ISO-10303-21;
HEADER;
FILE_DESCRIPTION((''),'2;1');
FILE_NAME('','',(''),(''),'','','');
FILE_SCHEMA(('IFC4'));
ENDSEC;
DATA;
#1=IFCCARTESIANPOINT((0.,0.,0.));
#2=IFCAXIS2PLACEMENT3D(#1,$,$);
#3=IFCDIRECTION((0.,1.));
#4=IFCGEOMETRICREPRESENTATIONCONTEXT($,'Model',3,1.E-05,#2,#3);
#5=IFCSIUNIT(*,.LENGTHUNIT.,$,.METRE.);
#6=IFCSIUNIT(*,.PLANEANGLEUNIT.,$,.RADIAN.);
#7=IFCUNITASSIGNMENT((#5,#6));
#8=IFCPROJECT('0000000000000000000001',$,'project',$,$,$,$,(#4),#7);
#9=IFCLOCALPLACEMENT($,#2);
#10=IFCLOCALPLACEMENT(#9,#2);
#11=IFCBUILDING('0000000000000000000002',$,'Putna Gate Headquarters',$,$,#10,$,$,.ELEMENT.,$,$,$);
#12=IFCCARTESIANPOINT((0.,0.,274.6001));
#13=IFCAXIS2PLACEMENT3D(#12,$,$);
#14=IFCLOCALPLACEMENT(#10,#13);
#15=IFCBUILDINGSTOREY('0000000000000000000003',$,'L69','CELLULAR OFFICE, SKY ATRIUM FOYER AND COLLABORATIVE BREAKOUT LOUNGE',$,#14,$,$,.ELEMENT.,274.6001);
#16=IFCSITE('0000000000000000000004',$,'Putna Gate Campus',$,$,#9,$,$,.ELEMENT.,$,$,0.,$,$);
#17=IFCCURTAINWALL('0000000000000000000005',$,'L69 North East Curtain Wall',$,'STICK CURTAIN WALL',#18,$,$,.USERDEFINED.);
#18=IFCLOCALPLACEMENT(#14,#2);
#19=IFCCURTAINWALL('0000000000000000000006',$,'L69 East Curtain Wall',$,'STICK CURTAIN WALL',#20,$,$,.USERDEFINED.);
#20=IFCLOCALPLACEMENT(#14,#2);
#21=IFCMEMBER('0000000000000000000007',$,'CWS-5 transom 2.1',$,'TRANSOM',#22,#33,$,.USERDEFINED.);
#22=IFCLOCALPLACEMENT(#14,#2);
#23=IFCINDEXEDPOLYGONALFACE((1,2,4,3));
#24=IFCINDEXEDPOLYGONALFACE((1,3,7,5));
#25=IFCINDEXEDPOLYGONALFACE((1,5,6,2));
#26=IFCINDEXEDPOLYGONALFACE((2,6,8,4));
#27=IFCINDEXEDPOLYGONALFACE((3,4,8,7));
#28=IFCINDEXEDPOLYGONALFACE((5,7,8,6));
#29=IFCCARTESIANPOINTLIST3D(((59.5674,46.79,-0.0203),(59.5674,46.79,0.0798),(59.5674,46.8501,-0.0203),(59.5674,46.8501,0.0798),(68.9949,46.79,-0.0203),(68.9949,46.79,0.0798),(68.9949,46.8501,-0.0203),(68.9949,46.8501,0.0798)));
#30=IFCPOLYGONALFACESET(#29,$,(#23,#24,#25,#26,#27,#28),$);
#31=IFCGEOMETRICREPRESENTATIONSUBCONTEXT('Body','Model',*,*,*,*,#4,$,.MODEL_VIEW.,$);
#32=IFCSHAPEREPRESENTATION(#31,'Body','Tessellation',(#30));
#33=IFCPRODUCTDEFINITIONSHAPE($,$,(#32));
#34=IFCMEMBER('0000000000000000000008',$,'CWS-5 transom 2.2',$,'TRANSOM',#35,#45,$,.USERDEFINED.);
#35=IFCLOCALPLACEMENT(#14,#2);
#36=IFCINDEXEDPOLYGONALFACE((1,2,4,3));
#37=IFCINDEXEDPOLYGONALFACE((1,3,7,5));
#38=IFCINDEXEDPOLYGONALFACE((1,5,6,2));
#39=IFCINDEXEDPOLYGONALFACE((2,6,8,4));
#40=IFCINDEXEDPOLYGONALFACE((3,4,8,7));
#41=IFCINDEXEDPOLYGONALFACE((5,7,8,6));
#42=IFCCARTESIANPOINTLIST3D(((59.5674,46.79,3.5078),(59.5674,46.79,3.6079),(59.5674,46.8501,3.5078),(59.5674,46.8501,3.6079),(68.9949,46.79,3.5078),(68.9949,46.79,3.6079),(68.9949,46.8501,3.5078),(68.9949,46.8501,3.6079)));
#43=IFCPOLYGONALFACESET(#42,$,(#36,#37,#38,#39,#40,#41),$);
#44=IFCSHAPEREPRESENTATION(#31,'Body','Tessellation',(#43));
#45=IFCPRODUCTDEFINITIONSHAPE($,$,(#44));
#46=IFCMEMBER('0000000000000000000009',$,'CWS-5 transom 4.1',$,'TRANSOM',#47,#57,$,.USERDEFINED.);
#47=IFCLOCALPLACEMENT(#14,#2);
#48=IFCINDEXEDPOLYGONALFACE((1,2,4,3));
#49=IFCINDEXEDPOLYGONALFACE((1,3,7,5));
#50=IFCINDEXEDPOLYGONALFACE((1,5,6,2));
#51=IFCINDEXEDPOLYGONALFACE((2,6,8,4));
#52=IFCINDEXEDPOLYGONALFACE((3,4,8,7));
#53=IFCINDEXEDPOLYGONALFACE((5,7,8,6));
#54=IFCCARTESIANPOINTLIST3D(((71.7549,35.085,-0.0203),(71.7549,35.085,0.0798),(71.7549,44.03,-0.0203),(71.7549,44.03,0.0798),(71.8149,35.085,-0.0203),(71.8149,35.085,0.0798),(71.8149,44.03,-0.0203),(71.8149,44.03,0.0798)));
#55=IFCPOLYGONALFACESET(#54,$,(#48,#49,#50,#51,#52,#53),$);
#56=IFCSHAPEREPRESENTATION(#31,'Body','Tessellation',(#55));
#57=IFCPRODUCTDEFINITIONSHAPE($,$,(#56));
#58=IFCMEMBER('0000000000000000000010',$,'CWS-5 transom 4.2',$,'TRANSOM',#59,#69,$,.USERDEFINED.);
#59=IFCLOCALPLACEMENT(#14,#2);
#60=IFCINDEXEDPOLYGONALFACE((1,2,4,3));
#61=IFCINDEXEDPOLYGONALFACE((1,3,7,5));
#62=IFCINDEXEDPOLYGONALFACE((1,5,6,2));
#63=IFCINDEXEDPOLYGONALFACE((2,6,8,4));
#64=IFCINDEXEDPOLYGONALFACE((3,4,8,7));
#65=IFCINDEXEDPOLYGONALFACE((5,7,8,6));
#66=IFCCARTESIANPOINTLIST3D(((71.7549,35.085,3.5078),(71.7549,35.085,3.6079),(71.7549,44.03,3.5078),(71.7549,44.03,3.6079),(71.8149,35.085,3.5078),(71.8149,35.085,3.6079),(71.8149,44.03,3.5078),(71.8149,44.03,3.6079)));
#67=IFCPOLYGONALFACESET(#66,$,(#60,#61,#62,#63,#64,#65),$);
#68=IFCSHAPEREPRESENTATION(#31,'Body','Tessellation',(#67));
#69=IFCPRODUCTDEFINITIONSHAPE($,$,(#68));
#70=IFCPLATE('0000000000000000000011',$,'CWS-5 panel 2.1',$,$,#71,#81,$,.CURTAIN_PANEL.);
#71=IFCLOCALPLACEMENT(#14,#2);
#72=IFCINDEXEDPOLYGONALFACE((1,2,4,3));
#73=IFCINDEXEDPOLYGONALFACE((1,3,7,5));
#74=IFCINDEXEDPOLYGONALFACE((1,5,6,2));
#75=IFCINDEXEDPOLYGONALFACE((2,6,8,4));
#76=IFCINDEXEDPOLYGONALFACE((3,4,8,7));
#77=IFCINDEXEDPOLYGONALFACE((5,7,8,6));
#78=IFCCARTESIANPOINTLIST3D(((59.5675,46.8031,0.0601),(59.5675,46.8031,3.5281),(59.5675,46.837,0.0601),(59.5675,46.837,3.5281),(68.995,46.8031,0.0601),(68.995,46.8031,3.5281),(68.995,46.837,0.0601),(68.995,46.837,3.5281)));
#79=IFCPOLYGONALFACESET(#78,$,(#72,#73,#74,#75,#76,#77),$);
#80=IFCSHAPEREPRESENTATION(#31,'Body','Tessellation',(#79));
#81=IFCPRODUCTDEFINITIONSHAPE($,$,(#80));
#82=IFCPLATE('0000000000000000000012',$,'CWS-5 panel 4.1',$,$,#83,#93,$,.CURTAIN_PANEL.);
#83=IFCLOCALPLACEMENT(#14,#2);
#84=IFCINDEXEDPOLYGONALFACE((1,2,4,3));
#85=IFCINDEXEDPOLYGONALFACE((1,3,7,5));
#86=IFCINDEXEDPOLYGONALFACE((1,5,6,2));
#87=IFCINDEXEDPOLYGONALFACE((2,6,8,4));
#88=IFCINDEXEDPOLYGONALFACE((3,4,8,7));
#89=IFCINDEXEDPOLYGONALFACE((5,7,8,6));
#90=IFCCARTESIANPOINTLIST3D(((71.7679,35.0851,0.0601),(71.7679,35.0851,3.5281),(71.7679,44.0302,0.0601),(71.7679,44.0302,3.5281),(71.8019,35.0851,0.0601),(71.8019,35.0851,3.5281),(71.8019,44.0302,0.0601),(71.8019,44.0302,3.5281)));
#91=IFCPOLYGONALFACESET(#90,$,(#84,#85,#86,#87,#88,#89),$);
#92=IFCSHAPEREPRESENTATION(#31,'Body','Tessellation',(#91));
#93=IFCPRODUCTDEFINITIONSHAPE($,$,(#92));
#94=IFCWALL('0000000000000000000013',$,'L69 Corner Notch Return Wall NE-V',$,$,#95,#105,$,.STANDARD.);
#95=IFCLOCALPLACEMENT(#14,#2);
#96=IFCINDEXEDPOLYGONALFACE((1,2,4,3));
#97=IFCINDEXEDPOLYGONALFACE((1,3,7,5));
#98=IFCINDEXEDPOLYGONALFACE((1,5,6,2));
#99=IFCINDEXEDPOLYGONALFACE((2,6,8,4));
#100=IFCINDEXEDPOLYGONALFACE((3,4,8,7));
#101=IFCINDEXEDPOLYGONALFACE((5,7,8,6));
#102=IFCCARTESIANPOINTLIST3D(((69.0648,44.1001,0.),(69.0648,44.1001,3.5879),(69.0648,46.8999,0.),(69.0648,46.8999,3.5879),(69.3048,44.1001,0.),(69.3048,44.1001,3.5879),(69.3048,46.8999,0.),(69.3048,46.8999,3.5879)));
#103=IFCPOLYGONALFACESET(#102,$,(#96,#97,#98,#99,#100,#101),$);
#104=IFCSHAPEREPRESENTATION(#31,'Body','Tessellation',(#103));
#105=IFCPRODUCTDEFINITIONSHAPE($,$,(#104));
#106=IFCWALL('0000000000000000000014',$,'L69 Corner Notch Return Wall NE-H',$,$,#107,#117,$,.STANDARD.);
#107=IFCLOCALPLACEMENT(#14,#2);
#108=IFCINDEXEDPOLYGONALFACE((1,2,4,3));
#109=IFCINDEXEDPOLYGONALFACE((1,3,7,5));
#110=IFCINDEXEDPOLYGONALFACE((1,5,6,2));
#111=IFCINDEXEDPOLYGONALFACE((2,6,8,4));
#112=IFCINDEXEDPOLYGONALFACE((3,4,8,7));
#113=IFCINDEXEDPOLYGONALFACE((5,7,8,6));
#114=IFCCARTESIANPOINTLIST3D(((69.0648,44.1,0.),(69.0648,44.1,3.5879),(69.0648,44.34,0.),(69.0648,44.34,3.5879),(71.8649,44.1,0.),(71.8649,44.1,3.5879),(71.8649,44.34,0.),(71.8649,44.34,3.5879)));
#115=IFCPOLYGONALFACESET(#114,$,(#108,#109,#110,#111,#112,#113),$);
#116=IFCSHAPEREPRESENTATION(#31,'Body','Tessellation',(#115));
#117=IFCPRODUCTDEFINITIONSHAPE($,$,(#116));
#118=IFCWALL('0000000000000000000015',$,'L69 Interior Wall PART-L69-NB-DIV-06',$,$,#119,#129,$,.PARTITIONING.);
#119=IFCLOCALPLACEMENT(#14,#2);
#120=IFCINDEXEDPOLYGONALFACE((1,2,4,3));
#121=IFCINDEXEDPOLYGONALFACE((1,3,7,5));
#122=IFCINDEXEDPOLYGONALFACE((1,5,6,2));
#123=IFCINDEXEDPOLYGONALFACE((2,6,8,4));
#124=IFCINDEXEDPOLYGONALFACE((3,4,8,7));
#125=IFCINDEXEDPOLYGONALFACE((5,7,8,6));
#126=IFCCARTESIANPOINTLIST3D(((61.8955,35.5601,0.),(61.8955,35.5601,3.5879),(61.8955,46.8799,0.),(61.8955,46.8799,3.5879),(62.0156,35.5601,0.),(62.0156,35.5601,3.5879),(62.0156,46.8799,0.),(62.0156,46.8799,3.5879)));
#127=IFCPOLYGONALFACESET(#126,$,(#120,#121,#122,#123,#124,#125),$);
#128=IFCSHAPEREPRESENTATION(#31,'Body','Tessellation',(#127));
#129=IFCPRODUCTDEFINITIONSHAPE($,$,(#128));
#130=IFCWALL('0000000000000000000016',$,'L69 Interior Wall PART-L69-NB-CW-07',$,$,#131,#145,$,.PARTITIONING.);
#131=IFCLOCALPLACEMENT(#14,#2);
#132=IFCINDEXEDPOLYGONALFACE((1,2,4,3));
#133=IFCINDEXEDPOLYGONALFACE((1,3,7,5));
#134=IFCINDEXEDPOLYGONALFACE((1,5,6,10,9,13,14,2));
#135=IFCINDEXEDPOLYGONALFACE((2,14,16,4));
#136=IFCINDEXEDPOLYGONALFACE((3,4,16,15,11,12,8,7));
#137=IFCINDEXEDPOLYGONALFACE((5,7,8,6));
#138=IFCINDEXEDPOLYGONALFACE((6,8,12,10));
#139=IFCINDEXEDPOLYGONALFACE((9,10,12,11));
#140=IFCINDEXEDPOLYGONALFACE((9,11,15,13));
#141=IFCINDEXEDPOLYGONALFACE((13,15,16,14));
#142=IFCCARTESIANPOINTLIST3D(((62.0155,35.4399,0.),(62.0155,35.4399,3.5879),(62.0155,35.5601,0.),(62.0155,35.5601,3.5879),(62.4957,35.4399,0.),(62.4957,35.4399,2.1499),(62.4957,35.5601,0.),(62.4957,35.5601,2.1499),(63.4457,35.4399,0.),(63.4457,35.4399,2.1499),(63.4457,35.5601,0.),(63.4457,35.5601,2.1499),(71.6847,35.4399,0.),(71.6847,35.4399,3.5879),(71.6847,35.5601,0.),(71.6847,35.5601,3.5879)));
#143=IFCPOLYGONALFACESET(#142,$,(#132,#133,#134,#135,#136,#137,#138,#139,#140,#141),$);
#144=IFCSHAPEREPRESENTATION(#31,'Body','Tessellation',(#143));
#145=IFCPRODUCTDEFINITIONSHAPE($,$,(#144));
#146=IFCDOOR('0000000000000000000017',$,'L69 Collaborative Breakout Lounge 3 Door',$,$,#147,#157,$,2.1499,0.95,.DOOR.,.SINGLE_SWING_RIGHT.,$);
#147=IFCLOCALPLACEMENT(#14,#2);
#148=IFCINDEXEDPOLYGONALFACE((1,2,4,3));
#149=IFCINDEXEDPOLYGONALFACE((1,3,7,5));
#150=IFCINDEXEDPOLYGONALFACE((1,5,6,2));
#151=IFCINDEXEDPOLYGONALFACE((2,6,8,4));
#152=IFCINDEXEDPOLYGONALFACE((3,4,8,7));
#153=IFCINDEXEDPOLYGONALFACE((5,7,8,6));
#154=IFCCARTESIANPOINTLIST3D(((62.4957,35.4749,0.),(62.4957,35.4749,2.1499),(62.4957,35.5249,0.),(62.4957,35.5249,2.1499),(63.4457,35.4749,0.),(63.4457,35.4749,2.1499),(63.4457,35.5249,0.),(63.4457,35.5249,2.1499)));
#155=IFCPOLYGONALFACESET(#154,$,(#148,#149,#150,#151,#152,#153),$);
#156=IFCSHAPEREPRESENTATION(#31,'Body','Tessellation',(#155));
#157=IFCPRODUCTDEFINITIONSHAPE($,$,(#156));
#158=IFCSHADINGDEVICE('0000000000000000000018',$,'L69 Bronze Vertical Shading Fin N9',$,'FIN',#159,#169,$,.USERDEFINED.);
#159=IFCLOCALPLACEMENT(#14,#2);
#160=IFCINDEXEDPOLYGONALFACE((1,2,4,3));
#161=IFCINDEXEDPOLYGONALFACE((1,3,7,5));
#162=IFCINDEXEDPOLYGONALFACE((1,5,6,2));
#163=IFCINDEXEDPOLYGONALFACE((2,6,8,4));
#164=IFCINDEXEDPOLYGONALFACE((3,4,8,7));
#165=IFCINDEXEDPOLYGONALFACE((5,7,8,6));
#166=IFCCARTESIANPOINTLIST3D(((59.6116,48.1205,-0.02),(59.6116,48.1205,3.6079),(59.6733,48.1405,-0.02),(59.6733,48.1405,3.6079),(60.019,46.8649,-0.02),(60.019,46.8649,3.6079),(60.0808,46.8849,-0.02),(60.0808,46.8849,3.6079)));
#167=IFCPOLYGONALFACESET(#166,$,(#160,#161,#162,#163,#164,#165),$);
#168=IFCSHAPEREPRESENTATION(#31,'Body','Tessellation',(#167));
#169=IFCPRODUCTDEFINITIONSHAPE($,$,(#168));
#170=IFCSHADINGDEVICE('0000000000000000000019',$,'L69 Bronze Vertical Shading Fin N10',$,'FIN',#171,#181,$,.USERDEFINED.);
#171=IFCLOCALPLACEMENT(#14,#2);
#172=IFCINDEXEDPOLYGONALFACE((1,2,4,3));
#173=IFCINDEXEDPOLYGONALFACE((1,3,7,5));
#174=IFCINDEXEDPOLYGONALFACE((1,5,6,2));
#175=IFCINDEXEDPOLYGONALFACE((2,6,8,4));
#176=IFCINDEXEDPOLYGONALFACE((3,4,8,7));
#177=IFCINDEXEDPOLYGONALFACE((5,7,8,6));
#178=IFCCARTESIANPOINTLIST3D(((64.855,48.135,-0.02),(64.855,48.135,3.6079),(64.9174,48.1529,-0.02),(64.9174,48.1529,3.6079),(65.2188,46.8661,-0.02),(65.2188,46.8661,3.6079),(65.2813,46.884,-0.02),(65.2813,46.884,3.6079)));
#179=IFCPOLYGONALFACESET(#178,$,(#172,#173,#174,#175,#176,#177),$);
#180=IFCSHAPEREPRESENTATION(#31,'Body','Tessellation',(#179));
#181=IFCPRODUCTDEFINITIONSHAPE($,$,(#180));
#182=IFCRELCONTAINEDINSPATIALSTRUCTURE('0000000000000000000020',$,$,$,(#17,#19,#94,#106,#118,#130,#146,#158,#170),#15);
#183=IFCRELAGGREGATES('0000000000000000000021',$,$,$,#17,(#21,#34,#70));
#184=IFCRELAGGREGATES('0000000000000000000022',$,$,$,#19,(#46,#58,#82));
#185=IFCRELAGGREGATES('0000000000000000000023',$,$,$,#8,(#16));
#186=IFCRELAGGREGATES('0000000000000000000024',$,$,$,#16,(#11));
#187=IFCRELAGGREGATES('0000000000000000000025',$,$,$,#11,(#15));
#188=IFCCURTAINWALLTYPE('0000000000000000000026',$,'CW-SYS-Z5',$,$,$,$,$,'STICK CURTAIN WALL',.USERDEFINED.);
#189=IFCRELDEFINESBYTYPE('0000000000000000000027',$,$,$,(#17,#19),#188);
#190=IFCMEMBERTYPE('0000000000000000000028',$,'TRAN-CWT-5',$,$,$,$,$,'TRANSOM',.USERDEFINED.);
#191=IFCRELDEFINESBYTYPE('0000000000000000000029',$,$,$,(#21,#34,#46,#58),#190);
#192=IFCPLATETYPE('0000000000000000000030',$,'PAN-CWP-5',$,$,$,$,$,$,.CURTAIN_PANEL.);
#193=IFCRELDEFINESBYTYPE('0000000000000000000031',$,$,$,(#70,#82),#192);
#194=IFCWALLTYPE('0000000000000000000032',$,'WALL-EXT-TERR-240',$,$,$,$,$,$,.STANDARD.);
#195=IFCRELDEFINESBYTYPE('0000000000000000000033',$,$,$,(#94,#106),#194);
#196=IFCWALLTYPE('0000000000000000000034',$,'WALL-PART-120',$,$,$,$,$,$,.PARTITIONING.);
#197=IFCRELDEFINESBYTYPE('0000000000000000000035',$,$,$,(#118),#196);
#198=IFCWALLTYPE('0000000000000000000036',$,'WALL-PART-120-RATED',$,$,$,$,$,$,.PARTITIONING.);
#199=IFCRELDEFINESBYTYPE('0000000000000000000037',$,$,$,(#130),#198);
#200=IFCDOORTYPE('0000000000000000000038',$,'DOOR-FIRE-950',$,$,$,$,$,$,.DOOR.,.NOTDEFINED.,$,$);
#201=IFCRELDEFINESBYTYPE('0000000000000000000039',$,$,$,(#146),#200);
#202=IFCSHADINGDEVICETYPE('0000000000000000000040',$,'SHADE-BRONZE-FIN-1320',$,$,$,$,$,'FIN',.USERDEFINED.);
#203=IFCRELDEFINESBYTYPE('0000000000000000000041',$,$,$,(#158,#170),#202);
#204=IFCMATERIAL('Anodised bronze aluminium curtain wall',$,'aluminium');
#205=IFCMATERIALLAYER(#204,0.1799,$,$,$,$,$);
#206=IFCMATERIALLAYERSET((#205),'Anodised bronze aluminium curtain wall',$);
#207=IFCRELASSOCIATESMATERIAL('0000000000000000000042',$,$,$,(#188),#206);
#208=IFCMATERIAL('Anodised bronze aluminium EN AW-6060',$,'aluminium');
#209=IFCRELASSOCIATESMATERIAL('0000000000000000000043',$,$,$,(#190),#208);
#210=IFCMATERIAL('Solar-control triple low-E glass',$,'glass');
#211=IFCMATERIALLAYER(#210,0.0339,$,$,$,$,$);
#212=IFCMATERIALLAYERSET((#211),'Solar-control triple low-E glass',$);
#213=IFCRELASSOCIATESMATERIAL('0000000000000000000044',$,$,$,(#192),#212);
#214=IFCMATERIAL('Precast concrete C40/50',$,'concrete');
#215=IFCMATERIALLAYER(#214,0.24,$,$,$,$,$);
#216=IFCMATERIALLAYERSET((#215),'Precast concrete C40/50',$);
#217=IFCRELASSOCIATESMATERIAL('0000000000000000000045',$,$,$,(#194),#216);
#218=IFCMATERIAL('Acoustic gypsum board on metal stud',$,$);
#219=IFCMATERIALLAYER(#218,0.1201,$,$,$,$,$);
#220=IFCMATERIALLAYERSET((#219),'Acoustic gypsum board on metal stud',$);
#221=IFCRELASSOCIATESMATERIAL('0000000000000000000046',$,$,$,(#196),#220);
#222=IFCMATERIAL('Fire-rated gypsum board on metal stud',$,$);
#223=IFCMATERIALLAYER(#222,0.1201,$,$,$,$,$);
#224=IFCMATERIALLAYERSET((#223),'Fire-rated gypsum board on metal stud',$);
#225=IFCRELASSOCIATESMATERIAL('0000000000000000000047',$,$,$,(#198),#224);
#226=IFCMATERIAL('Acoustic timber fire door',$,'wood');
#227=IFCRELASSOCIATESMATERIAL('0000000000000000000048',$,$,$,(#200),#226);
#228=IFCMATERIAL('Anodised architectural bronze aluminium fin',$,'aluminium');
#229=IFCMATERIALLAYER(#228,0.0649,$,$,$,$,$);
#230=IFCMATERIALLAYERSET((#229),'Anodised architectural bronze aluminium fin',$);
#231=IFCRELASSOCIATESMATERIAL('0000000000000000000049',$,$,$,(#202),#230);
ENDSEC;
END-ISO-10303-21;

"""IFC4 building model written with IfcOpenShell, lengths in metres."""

from ifc_helpers import new_model, si_unit, direction, frame, frame_2d, origin, origin_2d, place, context, subcontext, project, spatial, rectangle, extrude, material, layer, layer_set, material_profile, profile_set, type_object, element, fill, aggregate, save


model = new_model("IFC4")

# Units and contexts
model_context = context("Model", 3, precision=1e-05, world=origin(), true_north=direction((0.0, 1.0)))
body_context = subcontext(model_context, "Body", "Model", "MODEL_VIEW")
ifc_project = project(units=[si_unit("LENGTHUNIT", "METRE"), si_unit("PLANEANGLEUNIT", "RADIAN")], contexts=[model_context])

# Site, building, storey
site_placement = place(None, origin())
site = spatial("IfcSite", under=ifc_project, at=site_placement, Name="Putna Gate Campus", CompositionType="ELEMENT", RefElevation=0.0)
building_placement = place(site_placement, origin())
building = spatial("IfcBuilding", under=site, at=building_placement, Name="Putna Gate Headquarters", CompositionType="ELEMENT")
storey_placement = place(building_placement, frame((0.0, 0.0, 274.6001)))
storey = spatial("IfcBuildingStorey", under=building, at=storey_placement, Name="L69", Description="CELLULAR OFFICE, SKY ATRIUM FOYER AND COLLABORATIVE BREAKOUT LOUNGE", CompositionType="ELEMENT", Elevation=274.6001)

# Curtain walls
ifc_material_1 = material(Name="Anodised bronze aluminium curtain wall", Category="aluminium")
ifc_layer_1 = layer(ifc_material_1, 0.1799)
ifc_layer_set_1 = layer_set([ifc_layer_1], Name="Anodised bronze aluminium curtain wall")
curtain_wall_type = type_object("IfcCurtainWallType", Name="CW-SYS-Z5", ElementType="STICK CURTAIN WALL", PredefinedType="USERDEFINED", material=ifc_layer_set_1)
curtain_wall_1_placement = place(storey_placement, origin())
curtain_wall_1 = element("IfcCurtainWall", 1, at=curtain_wall_1_placement, inside=storey, type_object=curtain_wall_type, Name="L69 North East Curtain Wall", ObjectType="STICK CURTAIN WALL", PredefinedType="USERDEFINED")
ifc_material_2 = material(Name="Anodised bronze aluminium EN AW-6060", Category="aluminium")
curtain_wall_2_placement = place(storey_placement, origin())
curtain_wall_2 = element("IfcCurtainWall", 2, at=curtain_wall_2_placement, inside=storey, type_object=curtain_wall_type, Name="L69 East Curtain Wall", ObjectType="STICK CURTAIN WALL", PredefinedType="USERDEFINED")

# Members
ifc_material_profile_1 = material_profile(ifc_material_2, rectangle(XDim=0.0601, YDim=0.1001, at=origin_2d()), Name="Anodised bronze aluminium EN AW-6060")
ifc_profile_set_1 = profile_set([ifc_material_profile_1], Name="Anodised bronze aluminium EN AW-6060")
member_type_1 = type_object("IfcMemberType", Name="TRAN-CWT-5", ElementType="TRANSOM", PredefinedType="USERDEFINED", material=ifc_profile_set_1)
member_1_placement = place(storey_placement, frame((59.5674, 46.8201, 0.0298), z_axis=(1.0, 0.0, 0.0), x_axis=(0.0, 1.0, 0.0)))
member_1 = element("IfcMember", 3, at=member_1_placement, type_object=member_type_1, Name="CWS-5 transom 2.1", ObjectType="TRANSOM", PredefinedType="USERDEFINED", context=body_context, shape_type="SweptSolid", body=[
    extrude(rectangle(XDim=0.0601, YDim=0.1001, at=origin_2d()), origin(), (0.0, 0.0, 1.0), 9.4275),
])
member_2_placement = place(storey_placement, frame((59.5674, 46.8201, 3.5579), z_axis=(1.0, 0.0, 0.0), x_axis=(0.0, 1.0, 0.0)))
member_2 = element("IfcMember", 4, at=member_2_placement, type_object=member_type_1, Name="CWS-5 transom 2.2", ObjectType="TRANSOM", PredefinedType="USERDEFINED", context=body_context, shape_type="SweptSolid", body=[
    extrude(rectangle(XDim=0.0601, YDim=0.1001, at=origin_2d()), origin(), (0.0, 0.0, 1.0), 9.4275),
])
member_3_placement = place(storey_placement, frame((71.7849, 35.085, 0.0298), z_axis=(0.0, 1.0, 0.0), x_axis=(-1.0, 0.0, 0.0)))
member_3 = element("IfcMember", 5, at=member_3_placement, type_object=member_type_1, Name="CWS-5 transom 4.1", ObjectType="TRANSOM", PredefinedType="USERDEFINED", context=body_context, shape_type="SweptSolid", body=[
    extrude(rectangle(XDim=0.0601, YDim=0.1001, at=origin_2d()), origin(), (0.0, 0.0, 1.0), 8.9451),
])
member_4_placement = place(storey_placement, frame((71.7849, 35.085, 3.5579), z_axis=(0.0, 1.0, 0.0), x_axis=(-1.0, 0.0, 0.0)))
member_4 = element("IfcMember", 6, at=member_4_placement, type_object=member_type_1, Name="CWS-5 transom 4.2", ObjectType="TRANSOM", PredefinedType="USERDEFINED", context=body_context, shape_type="SweptSolid", body=[
    extrude(rectangle(XDim=0.0601, YDim=0.1001, at=origin_2d()), origin(), (0.0, 0.0, 1.0), 8.9451),
])

# Plates
ifc_material_3 = material(Name="Solar-control triple low-E glass", Category="glass")
ifc_layer_2 = layer(ifc_material_3, 0.0339)
ifc_layer_set_2 = layer_set([ifc_layer_2], Name="Solar-control triple low-E glass")
plate_type = type_object("IfcPlateType", Name="PAN-CWP-5", PredefinedType="CURTAIN_PANEL", material=ifc_layer_set_2)
plate_1_placement = place(storey_placement, frame((64.2812, 46.8201, 0.0601), z_axis=(0.0, 0.0, 1.0), x_axis=(1.0, 0.0, 0.0)))
plate_1 = element("IfcPlate", 7, at=plate_1_placement, type_object=plate_type, Name="CWS-5 panel 2.1", PredefinedType="CURTAIN_PANEL", context=body_context, shape_type="SweptSolid", body=[
    extrude(rectangle(XDim=9.4275, YDim=0.0339, at=origin_2d()), origin(), (0.0, 0.0, 1.0), 3.468),
])
aggregate(curtain_wall_1, [member_1, member_2, plate_1])
plate_2_placement = place(storey_placement, frame((71.7849, 39.5576, 0.0601), z_axis=(0.0, 0.0, 1.0), x_axis=(0.0, 1.0, 0.0)))
plate_2 = element("IfcPlate", 8, at=plate_2_placement, type_object=plate_type, Name="CWS-5 panel 4.1", PredefinedType="CURTAIN_PANEL", context=body_context, shape_type="SweptSolid", body=[
    extrude(rectangle(XDim=8.9451, YDim=0.0339, at=origin_2d()), origin(), (0.0, 0.0, 1.0), 3.468),
])
aggregate(curtain_wall_2, [member_3, member_4, plate_2])

# Walls
ifc_material_4 = material(Name="Precast concrete C40/50", Category="concrete")
ifc_layer_3 = layer(ifc_material_4, 0.24)
ifc_layer_set_3 = layer_set([ifc_layer_3], Name="Precast concrete C40/50")
wall_type_1 = type_object("IfcWallType", Name="WALL-EXT-TERR-240", PredefinedType="STANDARD", material=ifc_layer_set_3)
wall_1_placement = place(storey_placement, frame((69.1848, 46.8999, 0.0), z_axis=(0.0, 0.0, 1.0), x_axis=(0.0, -1.0, 0.0)))
element("IfcWall", 9, at=wall_1_placement, inside=storey, type_object=wall_type_1, Name="L69 Corner Notch Return Wall NE-V", PredefinedType="STANDARD", context=body_context, shape_type="SweptSolid", body=[
    extrude(rectangle(XDim=2.7998, YDim=0.24, at=frame_2d((1.3999, 0.0))), origin(), (0.0, 0.0, 1.0), 3.5879),
])
wall_2_placement = place(storey_placement, frame((69.0649, 44.22, 0.0), z_axis=(0.0, 0.0, 1.0), x_axis=(1.0, 0.0, 0.0)))
element("IfcWall", 10, at=wall_2_placement, inside=storey, type_object=wall_type_1, Name="L69 Corner Notch Return Wall NE-H", PredefinedType="STANDARD", context=body_context, shape_type="SweptSolid", body=[
    extrude(rectangle(XDim=2.8, YDim=0.24, at=frame_2d((1.3999, 0.0))), origin(), (0.0, 0.0, 1.0), 3.5879),
])
ifc_material_5 = material(Name="Acoustic gypsum board on metal stud")
ifc_layer_4 = layer(ifc_material_5, 0.1201)
ifc_layer_set_4 = layer_set([ifc_layer_4], Name="Acoustic gypsum board on metal stud")
wall_type_2 = type_object("IfcWallType", Name="WALL-PART-120", PredefinedType="PARTITIONING", material=ifc_layer_set_4)
wall_3_placement = place(storey_placement, frame((61.9556, 35.5601, 0.0), z_axis=(0.0, 0.0, 1.0), x_axis=(0.0, 1.0, 0.0)))
element("IfcWall", 11, at=wall_3_placement, inside=storey, type_object=wall_type_2, Name="L69 Interior Wall PART-L69-NB-DIV-06", PredefinedType="PARTITIONING", context=body_context, shape_type="SweptSolid", body=[
    extrude(rectangle(XDim=11.3198, YDim=0.1201, at=frame_2d((5.6599, 0.0))), origin(), (0.0, 0.0, 1.0), 3.5879),
])

# Wall, opening, door
ifc_material_6 = material(Name="Fire-rated gypsum board on metal stud")
ifc_layer_5 = layer(ifc_material_6, 0.1201)
ifc_layer_set_5 = layer_set([ifc_layer_5], Name="Fire-rated gypsum board on metal stud")
wall_type_3 = type_object("IfcWallType", Name="WALL-PART-120-RATED", PredefinedType="PARTITIONING", material=ifc_layer_set_5)
wall_4_placement = place(storey_placement, frame((62.0156, 35.5, 0.0), z_axis=(0.0, 0.0, 1.0), x_axis=(1.0, 0.0, 0.0)))
wall_4 = element("IfcWall", 12, at=wall_4_placement, inside=storey, type_object=wall_type_3, Name="L69 Interior Wall PART-L69-NB-CW-07", PredefinedType="PARTITIONING", context=body_context, shape_type="SweptSolid", body=[
    extrude(rectangle(XDim=9.6692, YDim=0.1201, at=frame_2d((4.8345, 0.0))), origin(), (0.0, 0.0, 1.0), 3.5879),
])
opening_placement = place(wall_4_placement, frame((0.48, 0.0, 0.0)))
opening = element("IfcOpeningElement", 13, at=opening_placement, cuts=wall_4, PredefinedType="OPENING", context=body_context, shape_type="SweptSolid", body=[
    extrude(rectangle(XDim=0.95, YDim=2.1499, at=frame_2d((0.4751, 1.075))), frame((0.0, 0.0701, 0.0), z_axis=(0.0, -1.0, 0.0), x_axis=(1.0, 0.0, 0.0)), (0.0, 0.0, 1.0), 0.1401),
])
ifc_material_7 = material(Name="Acoustic timber fire door", Category="wood")
door_type = type_object("IfcDoorType", Name="DOOR-FIRE-950", OperationType="NOTDEFINED", PredefinedType="DOOR", material=ifc_material_7)
door_placement = place(opening_placement, origin())
door = element("IfcDoor", 14, at=door_placement, inside=storey, type_object=door_type, Name="L69 Collaborative Breakout Lounge 3 Door", OperationType="SINGLE_SWING_RIGHT", OverallHeight=2.1499, OverallWidth=0.95, PredefinedType="DOOR", context=body_context, shape_type="SweptSolid", body=[
    extrude(rectangle(XDim=0.95, YDim=2.1499, at=frame_2d((0.4751, 1.075))), frame((0.0, 0.0249, 0.0), z_axis=(0.0, -1.0, 0.0), x_axis=(1.0, 0.0, 0.0)), (0.0, 0.0, 1.0), 0.05),
])
fill(opening, door)

# Shading devices
ifc_material_8 = material(Name="Anodised architectural bronze aluminium fin", Category="aluminium")
ifc_layer_6 = layer(ifc_material_8, 0.0649)
ifc_layer_set_6 = layer_set([ifc_layer_6], Name="Anodised architectural bronze aluminium fin")
shading_device_type = type_object("IfcShadingDeviceType", Name="SHADE-BRONZE-FIN-1320", ElementType="FIN", PredefinedType="USERDEFINED", material=ifc_layer_set_6)
for number, where, z_axis, x_axis, name in (
    (15, (59.8462, 47.5027, -0.02), (0.0, 0.0, 1.0), (-0.308685, 0.951164, 0.0), "L69 Bronze Vertical Shading Fin N9"),
    (16, (65.0681, 47.5095, -0.02), (0.0, 0.0, 1.0), (-0.275637, 0.961262, 0.0), "L69 Bronze Vertical Shading Fin N10"),
):
    element("IfcShadingDevice", number, at=place(storey_placement, frame(where, z_axis=z_axis, x_axis=x_axis)), inside=storey, type_object=shading_device_type, Name=name, ObjectType="FIN", PredefinedType="USERDEFINED", context=body_context, shape_type="SweptSolid", body=[
        extrude(rectangle(XDim=1.3201, YDim=0.0649, at=origin_2d()), origin(), (0.0, 0.0, 1.0), 3.6279),
    ])

save(model, "model.ifc")
